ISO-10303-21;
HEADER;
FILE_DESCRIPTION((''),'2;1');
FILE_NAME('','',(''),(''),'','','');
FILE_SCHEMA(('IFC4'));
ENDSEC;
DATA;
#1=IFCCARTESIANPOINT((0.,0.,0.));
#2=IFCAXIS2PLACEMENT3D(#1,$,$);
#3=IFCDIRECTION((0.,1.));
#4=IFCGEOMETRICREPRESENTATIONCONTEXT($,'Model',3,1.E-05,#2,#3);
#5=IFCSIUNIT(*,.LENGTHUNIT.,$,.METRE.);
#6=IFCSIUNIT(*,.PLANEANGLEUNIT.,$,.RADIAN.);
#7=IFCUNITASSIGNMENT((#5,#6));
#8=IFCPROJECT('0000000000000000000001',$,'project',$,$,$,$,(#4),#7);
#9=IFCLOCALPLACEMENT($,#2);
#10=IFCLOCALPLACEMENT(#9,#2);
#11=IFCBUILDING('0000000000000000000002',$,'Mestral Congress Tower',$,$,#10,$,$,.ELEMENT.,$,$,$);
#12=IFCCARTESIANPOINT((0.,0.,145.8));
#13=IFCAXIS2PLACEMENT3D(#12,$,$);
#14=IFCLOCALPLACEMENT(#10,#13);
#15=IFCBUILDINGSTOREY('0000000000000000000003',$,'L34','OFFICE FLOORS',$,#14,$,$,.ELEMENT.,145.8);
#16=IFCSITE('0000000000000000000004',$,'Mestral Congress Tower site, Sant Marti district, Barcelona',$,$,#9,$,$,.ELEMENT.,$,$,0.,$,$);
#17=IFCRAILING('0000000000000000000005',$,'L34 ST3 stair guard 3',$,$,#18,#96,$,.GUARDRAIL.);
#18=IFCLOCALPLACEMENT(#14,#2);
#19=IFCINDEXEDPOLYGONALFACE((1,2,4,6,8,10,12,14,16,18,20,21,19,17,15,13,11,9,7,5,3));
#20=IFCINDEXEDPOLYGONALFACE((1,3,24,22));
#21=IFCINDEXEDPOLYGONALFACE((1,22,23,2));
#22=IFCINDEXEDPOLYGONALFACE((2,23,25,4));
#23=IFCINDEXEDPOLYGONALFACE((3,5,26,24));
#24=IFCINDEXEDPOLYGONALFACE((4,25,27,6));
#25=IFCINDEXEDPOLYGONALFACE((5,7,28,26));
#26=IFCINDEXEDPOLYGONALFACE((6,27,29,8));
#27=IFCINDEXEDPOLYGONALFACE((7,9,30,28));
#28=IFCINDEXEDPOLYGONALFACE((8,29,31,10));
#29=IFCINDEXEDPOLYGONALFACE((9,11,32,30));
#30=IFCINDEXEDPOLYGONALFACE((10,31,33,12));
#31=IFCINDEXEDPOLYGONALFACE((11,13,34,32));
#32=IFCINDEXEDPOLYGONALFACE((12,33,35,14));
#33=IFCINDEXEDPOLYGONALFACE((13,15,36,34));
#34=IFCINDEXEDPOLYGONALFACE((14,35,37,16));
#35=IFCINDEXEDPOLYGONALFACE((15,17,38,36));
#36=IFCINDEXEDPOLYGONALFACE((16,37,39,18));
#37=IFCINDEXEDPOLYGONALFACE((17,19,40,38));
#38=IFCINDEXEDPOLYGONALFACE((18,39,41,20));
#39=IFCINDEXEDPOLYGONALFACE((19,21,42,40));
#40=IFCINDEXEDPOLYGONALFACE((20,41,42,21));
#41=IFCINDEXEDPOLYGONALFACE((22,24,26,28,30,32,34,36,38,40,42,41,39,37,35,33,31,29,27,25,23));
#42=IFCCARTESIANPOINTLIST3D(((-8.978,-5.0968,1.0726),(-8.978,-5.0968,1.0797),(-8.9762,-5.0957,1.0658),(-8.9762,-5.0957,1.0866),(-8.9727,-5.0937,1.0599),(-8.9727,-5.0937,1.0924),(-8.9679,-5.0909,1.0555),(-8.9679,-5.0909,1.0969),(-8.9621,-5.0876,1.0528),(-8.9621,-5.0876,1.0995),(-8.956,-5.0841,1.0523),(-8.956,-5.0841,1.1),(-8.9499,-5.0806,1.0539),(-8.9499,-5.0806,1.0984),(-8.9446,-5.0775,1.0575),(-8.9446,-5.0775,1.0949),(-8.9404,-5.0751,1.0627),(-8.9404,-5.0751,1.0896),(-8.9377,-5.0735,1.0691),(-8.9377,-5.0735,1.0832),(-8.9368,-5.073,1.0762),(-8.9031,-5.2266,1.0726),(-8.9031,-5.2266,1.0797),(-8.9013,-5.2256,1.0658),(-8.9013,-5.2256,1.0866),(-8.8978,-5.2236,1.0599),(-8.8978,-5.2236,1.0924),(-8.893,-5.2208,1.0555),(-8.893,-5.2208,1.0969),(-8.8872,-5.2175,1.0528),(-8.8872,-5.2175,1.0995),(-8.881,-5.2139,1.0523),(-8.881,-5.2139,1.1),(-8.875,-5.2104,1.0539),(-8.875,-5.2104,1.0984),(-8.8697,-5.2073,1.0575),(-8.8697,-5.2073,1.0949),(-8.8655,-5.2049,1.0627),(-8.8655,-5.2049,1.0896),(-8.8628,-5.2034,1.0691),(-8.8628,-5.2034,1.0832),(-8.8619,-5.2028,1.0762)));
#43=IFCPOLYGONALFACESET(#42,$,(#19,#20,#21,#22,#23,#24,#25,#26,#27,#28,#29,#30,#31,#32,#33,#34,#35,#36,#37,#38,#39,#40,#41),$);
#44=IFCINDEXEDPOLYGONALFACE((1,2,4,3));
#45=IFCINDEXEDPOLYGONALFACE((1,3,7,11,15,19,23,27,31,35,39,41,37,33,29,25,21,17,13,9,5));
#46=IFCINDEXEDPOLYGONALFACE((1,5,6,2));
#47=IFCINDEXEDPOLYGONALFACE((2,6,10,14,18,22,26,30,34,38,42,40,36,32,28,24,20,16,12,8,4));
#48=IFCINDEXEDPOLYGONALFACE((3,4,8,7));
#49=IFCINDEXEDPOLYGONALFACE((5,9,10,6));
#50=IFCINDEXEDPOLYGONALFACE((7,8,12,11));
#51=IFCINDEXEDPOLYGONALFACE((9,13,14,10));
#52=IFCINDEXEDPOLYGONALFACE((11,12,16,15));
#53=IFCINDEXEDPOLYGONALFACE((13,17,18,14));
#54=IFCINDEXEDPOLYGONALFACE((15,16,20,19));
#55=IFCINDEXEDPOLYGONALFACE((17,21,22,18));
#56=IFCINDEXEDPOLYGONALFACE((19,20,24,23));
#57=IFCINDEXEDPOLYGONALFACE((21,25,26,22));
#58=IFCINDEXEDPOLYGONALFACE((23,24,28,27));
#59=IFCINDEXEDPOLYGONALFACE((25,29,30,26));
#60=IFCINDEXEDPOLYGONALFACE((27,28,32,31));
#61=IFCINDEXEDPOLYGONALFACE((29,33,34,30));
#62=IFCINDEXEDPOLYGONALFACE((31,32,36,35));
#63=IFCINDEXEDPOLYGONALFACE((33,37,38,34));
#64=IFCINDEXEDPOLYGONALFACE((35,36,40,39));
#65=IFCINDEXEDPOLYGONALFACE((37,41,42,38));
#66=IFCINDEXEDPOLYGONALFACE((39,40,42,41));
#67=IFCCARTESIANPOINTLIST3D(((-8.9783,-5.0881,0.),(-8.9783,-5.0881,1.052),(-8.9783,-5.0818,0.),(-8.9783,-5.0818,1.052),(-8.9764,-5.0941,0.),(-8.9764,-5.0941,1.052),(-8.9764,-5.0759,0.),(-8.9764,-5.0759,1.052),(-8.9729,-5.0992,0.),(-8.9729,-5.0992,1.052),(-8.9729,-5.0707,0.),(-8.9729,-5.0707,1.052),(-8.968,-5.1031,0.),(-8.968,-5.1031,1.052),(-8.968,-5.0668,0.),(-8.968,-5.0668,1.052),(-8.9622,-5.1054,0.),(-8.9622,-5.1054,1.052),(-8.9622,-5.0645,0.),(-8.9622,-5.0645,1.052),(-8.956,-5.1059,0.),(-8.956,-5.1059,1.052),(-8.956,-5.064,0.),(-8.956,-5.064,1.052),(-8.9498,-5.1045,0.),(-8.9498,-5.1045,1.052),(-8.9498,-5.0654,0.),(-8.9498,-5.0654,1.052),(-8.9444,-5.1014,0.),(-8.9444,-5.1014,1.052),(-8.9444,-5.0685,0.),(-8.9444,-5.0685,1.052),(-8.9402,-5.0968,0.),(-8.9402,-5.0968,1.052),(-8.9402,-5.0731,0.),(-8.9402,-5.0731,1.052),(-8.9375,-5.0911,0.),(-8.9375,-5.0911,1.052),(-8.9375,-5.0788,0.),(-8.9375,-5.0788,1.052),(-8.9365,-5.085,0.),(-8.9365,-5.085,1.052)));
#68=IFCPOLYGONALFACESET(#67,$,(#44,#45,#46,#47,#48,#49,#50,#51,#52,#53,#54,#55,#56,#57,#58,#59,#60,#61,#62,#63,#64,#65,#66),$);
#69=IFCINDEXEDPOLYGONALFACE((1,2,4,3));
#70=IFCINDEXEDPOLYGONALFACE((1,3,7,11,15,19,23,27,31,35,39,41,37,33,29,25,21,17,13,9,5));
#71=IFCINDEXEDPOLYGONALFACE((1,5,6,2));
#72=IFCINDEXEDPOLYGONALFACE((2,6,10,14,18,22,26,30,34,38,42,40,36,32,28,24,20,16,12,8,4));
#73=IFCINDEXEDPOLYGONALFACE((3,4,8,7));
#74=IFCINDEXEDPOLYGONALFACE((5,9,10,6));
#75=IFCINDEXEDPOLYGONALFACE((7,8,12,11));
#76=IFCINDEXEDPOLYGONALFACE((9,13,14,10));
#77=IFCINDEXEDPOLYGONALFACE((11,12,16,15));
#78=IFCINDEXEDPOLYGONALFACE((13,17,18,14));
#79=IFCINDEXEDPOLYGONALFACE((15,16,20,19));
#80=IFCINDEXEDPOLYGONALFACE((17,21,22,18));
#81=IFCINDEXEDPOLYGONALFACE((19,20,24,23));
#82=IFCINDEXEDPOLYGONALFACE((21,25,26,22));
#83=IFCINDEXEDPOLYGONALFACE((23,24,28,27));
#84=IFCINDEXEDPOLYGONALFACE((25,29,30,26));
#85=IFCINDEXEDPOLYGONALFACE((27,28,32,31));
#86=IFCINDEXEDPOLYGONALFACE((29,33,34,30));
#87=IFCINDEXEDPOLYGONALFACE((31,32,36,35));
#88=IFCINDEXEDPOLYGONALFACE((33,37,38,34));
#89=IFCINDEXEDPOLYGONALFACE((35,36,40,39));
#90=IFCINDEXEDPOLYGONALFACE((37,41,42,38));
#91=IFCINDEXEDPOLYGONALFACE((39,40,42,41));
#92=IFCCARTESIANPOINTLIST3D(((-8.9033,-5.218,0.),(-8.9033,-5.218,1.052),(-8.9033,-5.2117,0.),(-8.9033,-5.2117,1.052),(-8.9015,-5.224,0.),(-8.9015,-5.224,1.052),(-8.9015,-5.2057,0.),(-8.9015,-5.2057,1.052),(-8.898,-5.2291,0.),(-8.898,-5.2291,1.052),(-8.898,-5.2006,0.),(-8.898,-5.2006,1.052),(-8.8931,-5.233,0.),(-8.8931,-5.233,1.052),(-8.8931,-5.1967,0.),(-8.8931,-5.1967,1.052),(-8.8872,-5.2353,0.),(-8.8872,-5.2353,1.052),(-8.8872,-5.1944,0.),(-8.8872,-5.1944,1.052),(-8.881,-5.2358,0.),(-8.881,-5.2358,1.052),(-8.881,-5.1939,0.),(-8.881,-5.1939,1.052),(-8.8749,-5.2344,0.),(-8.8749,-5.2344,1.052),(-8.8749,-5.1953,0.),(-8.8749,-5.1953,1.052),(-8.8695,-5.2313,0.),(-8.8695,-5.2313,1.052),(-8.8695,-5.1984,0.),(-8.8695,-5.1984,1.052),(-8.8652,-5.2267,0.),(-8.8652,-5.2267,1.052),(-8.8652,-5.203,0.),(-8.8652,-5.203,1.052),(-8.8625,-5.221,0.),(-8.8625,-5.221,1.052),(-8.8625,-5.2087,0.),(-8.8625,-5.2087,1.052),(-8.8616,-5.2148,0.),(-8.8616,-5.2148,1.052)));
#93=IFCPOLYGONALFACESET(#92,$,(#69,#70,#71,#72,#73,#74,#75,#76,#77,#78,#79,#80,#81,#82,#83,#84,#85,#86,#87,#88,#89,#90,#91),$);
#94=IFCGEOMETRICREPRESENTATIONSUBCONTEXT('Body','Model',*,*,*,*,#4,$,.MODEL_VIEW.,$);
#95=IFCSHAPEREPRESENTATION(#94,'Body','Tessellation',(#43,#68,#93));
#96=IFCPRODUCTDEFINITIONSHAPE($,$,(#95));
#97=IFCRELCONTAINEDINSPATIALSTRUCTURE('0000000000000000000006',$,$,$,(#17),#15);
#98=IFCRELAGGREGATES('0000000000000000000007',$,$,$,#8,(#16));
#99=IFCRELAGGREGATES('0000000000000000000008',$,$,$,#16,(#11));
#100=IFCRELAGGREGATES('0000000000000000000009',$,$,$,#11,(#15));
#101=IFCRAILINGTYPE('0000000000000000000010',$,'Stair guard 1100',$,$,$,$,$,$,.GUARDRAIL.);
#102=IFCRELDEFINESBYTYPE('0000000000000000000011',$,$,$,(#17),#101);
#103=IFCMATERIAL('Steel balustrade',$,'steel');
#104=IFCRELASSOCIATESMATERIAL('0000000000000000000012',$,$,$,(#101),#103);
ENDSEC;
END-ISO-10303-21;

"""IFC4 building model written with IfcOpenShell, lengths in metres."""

from ifc_helpers import new_model, si_unit, direction, frame, origin, origin_2d, place, context, subcontext, project, spatial, circle, extrude, material, type_object, element, save


model = new_model("IFC4")

# Units and contexts
model_context = context("Model", 3, precision=1e-05, world=origin(), true_north=direction((0.0, 1.0)))
body_context = subcontext(model_context, "Body", "Model", "MODEL_VIEW")
ifc_project = project(units=[si_unit("LENGTHUNIT", "METRE"), si_unit("PLANEANGLEUNIT", "RADIAN")], contexts=[model_context])

# Site, building, storey
site_placement = place(None, origin())
site = spatial("IfcSite", under=ifc_project, at=site_placement, Name="Mestral Congress Tower site, Sant Marti district, Barcelona", CompositionType="ELEMENT", RefElevation=0.0)
building_placement = place(site_placement, origin())
building = spatial("IfcBuilding", under=site, at=building_placement, Name="Mestral Congress Tower", CompositionType="ELEMENT")
storey_placement = place(building_placement, frame((0.0, 0.0, 145.8)))
storey = spatial("IfcBuildingStorey", under=building, at=storey_placement, Name="L34", Description="OFFICE FLOORS", CompositionType="ELEMENT", Elevation=145.8)

# Railing
ifc_material_1 = material(Name="Steel balustrade", Category="steel")
railing_type_1 = type_object("IfcRailingType", Name="Stair guard 1100", PredefinedType="GUARDRAIL", material=ifc_material_1)
railing_1_placement = place(storey_placement, frame((-8.9575, -5.085, 0.0)))
element("IfcRailing", 1, at=railing_1_placement, inside=storey, type_object=railing_type_1, Name="L34 ST3 stair guard 3", PredefinedType="GUARDRAIL", context=body_context, shape_type="SweptSolid", body=[
    extrude(circle(Radius=0.0239, at=origin_2d()), frame((0.0, 0.0, 1.0762), z_axis=(0.499816, -0.866131, 0.0), x_axis=(0.866131, 0.499816, 0.0)), (0.0, 0.0, 1.0), 0.1499),
    extrude(circle(Radius=0.021, at=origin_2d()), origin(), (0.0, 0.0, 1.0), 1.052),
    extrude(circle(Radius=0.021, at=origin_2d()), frame((0.075, -0.1299, 0.0)), (0.0, 0.0, 1.0), 1.052),
])

save(model, "model.ifc")
